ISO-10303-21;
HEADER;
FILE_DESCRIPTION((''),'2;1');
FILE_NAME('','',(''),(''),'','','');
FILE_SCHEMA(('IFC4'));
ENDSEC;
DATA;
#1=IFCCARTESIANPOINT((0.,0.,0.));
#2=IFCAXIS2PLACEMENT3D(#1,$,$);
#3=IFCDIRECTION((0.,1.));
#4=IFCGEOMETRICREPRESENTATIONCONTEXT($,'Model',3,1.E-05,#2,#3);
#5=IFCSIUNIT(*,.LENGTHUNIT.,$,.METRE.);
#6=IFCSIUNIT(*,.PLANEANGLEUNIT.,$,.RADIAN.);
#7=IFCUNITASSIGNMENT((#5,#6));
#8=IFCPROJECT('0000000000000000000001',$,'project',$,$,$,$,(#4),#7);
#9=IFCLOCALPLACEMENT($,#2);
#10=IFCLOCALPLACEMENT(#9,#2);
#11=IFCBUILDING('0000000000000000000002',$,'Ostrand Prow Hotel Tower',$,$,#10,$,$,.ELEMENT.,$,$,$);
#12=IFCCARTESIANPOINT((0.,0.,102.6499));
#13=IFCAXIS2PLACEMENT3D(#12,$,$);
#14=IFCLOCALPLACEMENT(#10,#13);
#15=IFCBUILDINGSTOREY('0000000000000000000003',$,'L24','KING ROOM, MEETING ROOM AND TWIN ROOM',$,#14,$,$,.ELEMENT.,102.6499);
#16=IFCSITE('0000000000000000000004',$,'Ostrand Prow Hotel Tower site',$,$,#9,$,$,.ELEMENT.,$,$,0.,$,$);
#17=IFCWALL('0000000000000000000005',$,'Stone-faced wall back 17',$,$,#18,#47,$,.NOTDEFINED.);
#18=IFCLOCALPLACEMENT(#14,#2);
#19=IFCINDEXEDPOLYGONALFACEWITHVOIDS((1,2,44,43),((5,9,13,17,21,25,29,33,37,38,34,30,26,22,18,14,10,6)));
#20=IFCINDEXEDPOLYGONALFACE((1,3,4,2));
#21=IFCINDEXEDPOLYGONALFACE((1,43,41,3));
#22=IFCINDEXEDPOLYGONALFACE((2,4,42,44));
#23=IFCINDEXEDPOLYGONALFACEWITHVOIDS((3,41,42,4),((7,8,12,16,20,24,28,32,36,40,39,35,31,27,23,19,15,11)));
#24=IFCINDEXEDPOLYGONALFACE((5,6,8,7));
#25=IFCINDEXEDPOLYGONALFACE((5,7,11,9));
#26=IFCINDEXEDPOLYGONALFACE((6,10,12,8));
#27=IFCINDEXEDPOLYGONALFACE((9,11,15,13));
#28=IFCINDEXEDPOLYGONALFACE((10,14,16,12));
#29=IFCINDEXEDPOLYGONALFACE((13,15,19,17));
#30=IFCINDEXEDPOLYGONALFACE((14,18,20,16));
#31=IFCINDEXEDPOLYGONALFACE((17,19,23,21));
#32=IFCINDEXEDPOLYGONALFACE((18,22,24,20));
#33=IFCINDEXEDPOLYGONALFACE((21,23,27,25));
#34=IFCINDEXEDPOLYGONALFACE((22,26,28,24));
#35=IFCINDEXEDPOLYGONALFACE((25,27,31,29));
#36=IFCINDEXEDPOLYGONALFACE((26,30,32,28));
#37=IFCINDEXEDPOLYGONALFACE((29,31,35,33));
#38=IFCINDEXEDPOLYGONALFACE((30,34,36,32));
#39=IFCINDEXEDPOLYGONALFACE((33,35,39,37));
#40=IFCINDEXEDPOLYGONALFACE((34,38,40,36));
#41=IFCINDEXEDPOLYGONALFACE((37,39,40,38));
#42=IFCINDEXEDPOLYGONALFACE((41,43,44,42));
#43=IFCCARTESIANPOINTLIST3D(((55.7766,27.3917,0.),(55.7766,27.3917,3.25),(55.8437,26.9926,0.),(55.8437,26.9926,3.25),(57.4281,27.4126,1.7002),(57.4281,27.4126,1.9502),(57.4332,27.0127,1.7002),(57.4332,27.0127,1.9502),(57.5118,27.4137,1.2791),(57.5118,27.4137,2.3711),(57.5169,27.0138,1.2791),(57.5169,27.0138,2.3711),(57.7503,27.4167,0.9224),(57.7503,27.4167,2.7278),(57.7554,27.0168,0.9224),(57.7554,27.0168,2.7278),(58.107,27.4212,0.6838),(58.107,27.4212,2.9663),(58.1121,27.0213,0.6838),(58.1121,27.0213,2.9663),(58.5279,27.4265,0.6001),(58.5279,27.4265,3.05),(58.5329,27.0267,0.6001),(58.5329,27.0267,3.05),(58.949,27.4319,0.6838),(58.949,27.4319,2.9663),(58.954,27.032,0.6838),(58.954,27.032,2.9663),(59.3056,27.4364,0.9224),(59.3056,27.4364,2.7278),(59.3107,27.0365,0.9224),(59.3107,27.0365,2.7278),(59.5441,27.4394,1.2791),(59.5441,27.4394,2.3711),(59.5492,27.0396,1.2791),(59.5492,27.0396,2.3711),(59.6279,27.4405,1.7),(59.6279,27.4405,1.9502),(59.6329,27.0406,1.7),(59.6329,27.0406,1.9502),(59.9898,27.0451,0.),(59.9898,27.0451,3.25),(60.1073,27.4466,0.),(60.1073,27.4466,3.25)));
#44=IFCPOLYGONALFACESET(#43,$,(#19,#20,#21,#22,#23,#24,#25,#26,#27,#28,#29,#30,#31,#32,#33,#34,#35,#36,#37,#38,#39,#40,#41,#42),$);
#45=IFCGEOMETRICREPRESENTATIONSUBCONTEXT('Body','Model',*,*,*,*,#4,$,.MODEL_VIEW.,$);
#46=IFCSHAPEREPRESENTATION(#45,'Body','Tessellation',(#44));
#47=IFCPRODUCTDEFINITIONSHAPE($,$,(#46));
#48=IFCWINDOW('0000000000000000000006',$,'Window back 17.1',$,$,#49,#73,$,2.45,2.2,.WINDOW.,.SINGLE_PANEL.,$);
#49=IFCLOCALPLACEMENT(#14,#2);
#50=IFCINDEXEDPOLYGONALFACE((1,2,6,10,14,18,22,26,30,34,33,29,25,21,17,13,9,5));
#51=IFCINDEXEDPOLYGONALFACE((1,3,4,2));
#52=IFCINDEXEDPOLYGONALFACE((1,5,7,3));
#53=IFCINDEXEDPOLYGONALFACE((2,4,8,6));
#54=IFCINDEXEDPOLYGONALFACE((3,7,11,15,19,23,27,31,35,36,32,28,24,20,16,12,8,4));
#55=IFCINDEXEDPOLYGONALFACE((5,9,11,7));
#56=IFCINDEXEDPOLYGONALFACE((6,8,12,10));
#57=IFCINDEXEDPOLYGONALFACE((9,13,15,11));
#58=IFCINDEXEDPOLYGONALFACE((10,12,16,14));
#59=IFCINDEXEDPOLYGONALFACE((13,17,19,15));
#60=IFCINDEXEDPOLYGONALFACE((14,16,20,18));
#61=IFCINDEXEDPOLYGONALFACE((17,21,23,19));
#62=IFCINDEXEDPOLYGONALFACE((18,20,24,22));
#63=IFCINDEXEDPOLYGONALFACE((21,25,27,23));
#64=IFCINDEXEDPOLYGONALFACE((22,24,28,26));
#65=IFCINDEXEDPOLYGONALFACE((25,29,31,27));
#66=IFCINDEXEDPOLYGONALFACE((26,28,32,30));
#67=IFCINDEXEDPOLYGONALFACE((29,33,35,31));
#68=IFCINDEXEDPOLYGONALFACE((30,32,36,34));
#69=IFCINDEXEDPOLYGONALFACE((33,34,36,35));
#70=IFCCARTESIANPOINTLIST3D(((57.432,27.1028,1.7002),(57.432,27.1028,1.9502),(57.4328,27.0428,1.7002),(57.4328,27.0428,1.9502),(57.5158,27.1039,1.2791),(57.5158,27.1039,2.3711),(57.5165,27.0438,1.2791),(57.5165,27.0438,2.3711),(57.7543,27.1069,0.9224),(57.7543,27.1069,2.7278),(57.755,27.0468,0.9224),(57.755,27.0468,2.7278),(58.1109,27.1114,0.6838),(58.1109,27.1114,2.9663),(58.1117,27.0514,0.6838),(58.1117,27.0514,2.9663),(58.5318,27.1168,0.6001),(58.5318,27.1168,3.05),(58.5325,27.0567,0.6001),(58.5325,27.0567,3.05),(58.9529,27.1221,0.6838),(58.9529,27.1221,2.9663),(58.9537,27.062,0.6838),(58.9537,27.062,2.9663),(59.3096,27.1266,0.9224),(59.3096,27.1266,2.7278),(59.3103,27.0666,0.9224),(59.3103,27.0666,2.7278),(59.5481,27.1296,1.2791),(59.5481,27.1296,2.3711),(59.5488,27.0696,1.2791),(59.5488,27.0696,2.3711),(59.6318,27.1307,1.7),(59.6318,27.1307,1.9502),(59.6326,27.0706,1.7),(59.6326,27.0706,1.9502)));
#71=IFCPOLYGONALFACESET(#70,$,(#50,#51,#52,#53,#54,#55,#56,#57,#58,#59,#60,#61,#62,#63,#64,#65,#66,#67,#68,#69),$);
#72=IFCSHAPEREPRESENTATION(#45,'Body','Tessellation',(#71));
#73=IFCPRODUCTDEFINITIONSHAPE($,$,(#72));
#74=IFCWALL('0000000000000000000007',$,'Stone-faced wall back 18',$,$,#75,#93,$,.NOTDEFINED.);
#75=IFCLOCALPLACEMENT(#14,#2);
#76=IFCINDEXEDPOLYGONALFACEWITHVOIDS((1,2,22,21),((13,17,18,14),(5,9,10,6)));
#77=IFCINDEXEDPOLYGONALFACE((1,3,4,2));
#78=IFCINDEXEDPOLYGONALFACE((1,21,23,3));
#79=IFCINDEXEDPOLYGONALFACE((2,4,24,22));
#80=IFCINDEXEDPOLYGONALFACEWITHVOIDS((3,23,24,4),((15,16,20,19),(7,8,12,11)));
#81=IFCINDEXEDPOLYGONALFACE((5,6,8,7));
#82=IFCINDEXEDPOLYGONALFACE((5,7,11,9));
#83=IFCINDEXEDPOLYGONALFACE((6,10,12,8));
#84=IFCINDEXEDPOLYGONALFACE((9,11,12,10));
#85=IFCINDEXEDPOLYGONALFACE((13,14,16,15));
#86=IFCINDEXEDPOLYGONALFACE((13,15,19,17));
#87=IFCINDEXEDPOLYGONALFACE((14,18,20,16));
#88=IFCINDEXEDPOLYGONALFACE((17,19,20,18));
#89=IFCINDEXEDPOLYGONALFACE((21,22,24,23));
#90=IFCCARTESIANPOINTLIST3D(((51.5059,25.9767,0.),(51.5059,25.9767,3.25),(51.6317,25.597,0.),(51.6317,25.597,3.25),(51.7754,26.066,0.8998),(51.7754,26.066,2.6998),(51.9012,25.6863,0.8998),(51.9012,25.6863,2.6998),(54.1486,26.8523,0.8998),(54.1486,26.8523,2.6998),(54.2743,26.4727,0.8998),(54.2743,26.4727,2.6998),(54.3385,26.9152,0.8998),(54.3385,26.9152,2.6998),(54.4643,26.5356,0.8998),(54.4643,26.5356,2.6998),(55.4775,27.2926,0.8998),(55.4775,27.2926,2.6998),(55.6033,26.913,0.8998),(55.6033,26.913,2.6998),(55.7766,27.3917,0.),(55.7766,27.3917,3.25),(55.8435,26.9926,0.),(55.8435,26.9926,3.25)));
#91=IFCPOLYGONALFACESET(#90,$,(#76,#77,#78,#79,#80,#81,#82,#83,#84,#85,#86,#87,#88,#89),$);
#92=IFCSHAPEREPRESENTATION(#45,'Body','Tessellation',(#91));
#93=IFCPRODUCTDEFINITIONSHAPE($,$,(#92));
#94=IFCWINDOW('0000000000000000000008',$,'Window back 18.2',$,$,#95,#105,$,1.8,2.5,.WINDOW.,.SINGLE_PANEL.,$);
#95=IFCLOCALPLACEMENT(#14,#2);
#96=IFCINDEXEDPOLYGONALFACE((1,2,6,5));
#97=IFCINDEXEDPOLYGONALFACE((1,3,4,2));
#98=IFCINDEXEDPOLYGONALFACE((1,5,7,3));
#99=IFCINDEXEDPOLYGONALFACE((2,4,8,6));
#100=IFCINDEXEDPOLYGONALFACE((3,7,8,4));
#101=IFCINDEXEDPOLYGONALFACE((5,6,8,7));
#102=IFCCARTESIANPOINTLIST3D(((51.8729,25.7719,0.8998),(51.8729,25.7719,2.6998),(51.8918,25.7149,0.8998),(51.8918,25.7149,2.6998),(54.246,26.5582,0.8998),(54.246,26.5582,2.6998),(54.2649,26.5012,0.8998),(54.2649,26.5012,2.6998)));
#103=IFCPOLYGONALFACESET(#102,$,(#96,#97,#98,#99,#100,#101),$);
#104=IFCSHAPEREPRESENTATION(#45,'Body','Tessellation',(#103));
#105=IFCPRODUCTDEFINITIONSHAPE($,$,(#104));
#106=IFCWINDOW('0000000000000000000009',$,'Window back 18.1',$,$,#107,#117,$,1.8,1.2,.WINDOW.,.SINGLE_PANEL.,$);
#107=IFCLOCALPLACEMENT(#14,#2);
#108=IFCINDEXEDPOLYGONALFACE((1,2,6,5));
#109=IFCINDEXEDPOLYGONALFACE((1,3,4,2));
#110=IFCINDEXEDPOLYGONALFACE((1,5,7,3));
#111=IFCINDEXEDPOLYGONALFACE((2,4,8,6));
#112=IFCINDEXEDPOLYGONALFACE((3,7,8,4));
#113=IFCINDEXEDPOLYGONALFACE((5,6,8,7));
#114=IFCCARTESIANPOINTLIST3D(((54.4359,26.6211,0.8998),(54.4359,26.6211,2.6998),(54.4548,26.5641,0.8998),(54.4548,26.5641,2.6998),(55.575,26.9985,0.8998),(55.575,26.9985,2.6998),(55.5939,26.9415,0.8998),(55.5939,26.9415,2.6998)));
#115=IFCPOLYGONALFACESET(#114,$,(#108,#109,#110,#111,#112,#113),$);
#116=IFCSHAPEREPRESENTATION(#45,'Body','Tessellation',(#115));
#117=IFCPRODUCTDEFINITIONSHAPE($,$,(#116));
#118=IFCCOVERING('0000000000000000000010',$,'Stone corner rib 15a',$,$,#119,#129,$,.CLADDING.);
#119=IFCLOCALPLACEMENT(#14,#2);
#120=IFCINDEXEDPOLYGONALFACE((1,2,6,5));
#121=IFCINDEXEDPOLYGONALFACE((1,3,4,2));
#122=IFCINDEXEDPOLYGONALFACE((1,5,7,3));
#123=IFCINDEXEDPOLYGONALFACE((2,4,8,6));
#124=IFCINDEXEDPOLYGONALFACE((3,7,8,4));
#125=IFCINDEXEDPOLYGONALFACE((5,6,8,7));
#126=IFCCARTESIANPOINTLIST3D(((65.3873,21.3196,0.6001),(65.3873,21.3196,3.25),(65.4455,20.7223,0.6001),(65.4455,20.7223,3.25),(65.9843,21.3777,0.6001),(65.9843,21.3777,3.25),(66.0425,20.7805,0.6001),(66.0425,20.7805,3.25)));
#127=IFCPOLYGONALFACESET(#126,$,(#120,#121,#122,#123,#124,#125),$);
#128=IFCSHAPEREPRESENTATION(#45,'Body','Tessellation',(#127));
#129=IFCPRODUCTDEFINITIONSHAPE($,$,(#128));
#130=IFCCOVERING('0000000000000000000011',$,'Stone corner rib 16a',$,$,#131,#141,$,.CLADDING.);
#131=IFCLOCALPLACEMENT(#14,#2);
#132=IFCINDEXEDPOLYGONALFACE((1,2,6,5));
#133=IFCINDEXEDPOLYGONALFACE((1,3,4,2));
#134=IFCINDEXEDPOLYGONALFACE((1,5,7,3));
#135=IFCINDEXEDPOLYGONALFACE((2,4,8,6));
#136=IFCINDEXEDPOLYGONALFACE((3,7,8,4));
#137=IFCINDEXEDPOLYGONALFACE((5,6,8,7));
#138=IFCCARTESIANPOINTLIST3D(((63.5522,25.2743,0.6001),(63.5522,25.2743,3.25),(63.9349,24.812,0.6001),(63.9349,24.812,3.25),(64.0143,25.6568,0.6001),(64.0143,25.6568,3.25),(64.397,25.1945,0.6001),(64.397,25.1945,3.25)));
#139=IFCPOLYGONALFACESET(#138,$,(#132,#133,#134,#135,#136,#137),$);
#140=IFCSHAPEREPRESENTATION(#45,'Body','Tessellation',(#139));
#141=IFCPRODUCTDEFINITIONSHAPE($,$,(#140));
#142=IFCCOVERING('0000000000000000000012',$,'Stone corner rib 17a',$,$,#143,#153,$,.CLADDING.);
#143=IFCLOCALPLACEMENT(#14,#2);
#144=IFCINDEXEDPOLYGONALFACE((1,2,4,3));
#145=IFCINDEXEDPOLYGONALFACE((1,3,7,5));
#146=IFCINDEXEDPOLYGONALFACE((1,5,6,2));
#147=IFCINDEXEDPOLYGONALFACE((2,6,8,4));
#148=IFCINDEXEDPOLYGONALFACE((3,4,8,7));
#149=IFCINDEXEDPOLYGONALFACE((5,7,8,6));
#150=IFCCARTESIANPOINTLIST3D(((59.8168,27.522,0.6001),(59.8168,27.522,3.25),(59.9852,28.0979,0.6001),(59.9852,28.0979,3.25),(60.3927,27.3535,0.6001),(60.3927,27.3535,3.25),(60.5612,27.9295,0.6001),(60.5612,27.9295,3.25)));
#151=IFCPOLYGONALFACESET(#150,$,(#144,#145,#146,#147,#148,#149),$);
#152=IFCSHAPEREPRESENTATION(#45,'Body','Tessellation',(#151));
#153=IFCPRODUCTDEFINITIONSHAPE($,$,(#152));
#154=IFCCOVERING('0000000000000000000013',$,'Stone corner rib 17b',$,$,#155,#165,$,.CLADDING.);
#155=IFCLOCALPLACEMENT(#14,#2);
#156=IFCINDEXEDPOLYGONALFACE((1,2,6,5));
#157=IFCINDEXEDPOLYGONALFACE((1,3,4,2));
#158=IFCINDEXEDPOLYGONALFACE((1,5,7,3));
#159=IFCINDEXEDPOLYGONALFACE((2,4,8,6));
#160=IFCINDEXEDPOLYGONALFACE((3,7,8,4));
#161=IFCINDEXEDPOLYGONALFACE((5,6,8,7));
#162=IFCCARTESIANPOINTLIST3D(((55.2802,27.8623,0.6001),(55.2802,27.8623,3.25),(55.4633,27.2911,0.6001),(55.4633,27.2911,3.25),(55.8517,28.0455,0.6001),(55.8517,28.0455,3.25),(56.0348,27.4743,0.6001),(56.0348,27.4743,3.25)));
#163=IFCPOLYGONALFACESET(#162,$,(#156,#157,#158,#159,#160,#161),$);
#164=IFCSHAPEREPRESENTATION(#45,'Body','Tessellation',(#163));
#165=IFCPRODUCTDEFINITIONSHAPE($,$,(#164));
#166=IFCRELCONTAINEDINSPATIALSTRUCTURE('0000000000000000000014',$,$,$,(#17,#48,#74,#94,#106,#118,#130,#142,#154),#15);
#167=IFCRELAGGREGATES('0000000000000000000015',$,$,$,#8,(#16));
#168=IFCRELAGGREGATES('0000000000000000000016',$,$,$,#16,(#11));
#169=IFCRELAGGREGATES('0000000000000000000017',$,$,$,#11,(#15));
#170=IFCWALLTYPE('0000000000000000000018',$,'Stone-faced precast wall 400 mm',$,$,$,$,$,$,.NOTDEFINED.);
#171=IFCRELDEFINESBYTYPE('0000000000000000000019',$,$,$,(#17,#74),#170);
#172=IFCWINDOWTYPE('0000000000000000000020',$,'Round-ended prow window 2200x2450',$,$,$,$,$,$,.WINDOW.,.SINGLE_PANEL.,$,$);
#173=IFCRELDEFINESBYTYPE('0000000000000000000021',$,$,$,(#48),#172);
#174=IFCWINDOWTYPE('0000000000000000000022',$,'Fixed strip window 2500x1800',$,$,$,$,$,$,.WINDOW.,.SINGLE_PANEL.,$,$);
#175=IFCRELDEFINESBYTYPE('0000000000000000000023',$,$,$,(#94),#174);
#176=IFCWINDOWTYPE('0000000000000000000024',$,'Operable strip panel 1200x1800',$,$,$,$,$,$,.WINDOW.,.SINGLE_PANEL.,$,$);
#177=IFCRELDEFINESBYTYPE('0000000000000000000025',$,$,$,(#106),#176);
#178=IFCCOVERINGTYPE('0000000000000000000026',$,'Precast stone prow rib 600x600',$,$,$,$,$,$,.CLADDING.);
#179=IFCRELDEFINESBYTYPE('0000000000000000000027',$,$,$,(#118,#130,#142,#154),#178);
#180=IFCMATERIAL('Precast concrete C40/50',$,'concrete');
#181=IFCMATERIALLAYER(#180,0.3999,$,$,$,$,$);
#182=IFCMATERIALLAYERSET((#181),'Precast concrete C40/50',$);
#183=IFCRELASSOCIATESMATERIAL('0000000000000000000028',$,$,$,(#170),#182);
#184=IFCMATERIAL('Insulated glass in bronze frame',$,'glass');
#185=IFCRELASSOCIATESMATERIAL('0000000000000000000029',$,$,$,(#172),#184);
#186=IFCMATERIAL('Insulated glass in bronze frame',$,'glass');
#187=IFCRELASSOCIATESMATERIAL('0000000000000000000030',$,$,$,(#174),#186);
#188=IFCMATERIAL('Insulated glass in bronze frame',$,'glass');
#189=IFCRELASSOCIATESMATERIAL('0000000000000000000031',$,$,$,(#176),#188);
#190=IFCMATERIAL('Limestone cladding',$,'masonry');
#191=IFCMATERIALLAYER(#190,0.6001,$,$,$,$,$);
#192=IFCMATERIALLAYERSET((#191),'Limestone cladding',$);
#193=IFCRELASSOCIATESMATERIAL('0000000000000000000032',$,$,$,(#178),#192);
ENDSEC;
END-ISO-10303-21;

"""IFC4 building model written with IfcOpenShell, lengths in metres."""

from ifc_helpers import new_model, si_unit, direction, frame, frame_2d, origin, place, context, subcontext, project, spatial, polyline, rectangle, outline, extrude, material, layer, layer_set, type_object, element, fill, save


model = new_model("IFC4")

# Units and contexts
model_context = context("Model", 3, precision=1e-05, world=origin(), true_north=direction((0.0, 1.0)))
body_context = subcontext(model_context, "Body", "Model", "MODEL_VIEW")
ifc_project = project(units=[si_unit("LENGTHUNIT", "METRE"), si_unit("PLANEANGLEUNIT", "RADIAN")], contexts=[model_context])

# Site, building, storey
site_placement = place(None, origin())
site = spatial("IfcSite", under=ifc_project, at=site_placement, Name="Ostrand Prow Hotel Tower site", CompositionType="ELEMENT", RefElevation=0.0)
building_placement = place(site_placement, origin())
building = spatial("IfcBuilding", under=site, at=building_placement, Name="Ostrand Prow Hotel Tower", CompositionType="ELEMENT")
storey_placement = place(building_placement, frame((0.0, 0.0, 102.6499)))
storey = spatial("IfcBuildingStorey", under=building, at=storey_placement, Name="L24", Description="KING ROOM, MEETING ROOM AND TWIN ROOM", CompositionType="ELEMENT", Elevation=102.6499)

# Shared definitions
ifc_material_1 = material(Name="Precast concrete C40/50", Category="concrete")
ifc_layer_1 = layer(ifc_material_1, 0.3999)
ifc_layer_set_1 = layer_set([ifc_layer_1], Name="Precast concrete C40/50")
wall_type_1 = type_object("IfcWallType", Name="Stone-faced precast wall 400 mm", PredefinedType="NOTDEFINED", material=ifc_layer_set_1)

# Wall, opening, window
ifc_material_2 = material(Name="Insulated glass in bronze frame", Category="glass")
window_type_1 = type_object("IfcWindowType", Name="Round-ended prow window 2200x2450", PartitioningType="SINGLE_PANEL", PredefinedType="WINDOW", material=ifc_material_2)
wall_1_placement = place(storey_placement, frame((60.0486, 27.2458, 0.0), z_axis=(0.0, 0.0, 1.0), x_axis=(-0.99992, -0.012671, 0.0)))
wall_1 = element("IfcWall", 1, at=wall_1_placement, inside=storey, type_object=wall_type_1, Name="Stone-faced wall back 17", PredefinedType="NOTDEFINED", context=body_context, shape_type="SweptSolid", body=[
    extrude(outline(polyline([(-0.0613, -0.2), (4.2698, -0.2), (4.2078, 0.2), (0.0613, 0.2), (-0.0613, -0.2)])), origin(), (0.0, 0.0, 1.0), 3.25),
])
opening_1_placement = place(wall_1_placement, frame((0.4182, 0.0, 0.6001)))
opening_1 = element("IfcOpeningElement", 2, at=opening_1_placement, cuts=wall_1, PredefinedType="OPENING", context=body_context, shape_type="SweptSolid", body=[
    extrude(outline(polyline([(0.0, 1.3501), (0.0837, 1.771), (0.3223, 2.1277), (0.679, 2.3662), (1.1001, 2.45), (1.521, 2.3662), (1.8777, 2.1277), (2.1162, 1.771), (2.2, 1.3501), (2.2, 1.1001), (2.1162, 0.679), (1.8777, 0.3223), (1.521, 0.0837), (1.1001, 0.0), (0.679, 0.0837), (0.3223, 0.3223), (0.0837, 0.679), (0.0, 1.0999), (0.0, 1.3501)])), frame((0.0, 0.21, 0.0), z_axis=(0.0, -1.0, 0.0), x_axis=(1.0, 0.0, 0.0)), (0.0, 0.0, 1.0), 0.4199),
])
window_1_placement = place(opening_1_placement, origin())
window_1 = element("IfcWindow", 3, at=window_1_placement, inside=storey, type_object=window_type_1, Name="Window back 17.1", OverallHeight=2.45, OverallWidth=2.2, PartitioningType="SINGLE_PANEL", PredefinedType="WINDOW", context=body_context, shape_type="SweptSolid", body=[
    extrude(outline(polyline([(0.0, 1.3501), (0.0837, 1.771), (0.3223, 2.1277), (0.679, 2.3662), (1.1001, 2.45), (1.521, 2.3662), (1.8777, 2.1277), (2.1162, 1.771), (2.2, 1.3501), (2.2, 1.1001), (2.1162, 0.679), (1.8777, 0.3223), (1.521, 0.0837), (1.1001, 0.0), (0.679, 0.0837), (0.3223, 0.3223), (0.0837, 0.679), (0.0, 1.0999), (0.0, 1.3501)])), frame((0.0, 0.1699, 0.0), z_axis=(0.0, -1.0, 0.0), x_axis=(1.0, 0.0, 0.0)), (0.0, 0.0, 1.0), 0.0601),
])
fill(opening_1, window_1)

# Wall, openings, windows
wall_2_placement = place(storey_placement, frame((55.8101, 27.1921, 0.0), z_axis=(0.0, 0.0, 1.0), x_axis=(-0.94925, -0.314522, 0.0)))
wall_2 = element("IfcWall", 4, at=wall_2_placement, inside=storey, type_object=wall_type_1, Name="Stone-faced wall back 18", PredefinedType="NOTDEFINED", context=body_context, shape_type="SweptSolid", body=[
    extrude(outline(polyline([(-0.031, -0.2), (4.468, -0.2), (4.468, 0.2), (0.031, 0.2), (-0.031, -0.2)])), origin(), (0.0, 0.0, 1.0), 3.25),
])
opening_2_placement = place(wall_2_placement, frame((0.2839, 0.0, 0.8999)))
opening_2 = element("IfcOpeningElement", 5, at=opening_2_placement, cuts=wall_2, PredefinedType="OPENING", context=body_context, shape_type="SweptSolid", body=[
    extrude(rectangle(XDim=1.2, YDim=1.8, at=frame_2d((0.6001, 0.8999))), frame((0.0, 0.21, 0.0), z_axis=(0.0, -1.0, 0.0), x_axis=(1.0, 0.0, 0.0)), (0.0, 0.0, 1.0), 0.4199),
])
opening_3_placement = place(wall_2_placement, frame((1.6841, 0.0, 0.8999)))
opening_3 = element("IfcOpeningElement", 6, at=opening_3_placement, cuts=wall_2, PredefinedType="OPENING", context=body_context, shape_type="SweptSolid", body=[
    extrude(rectangle(XDim=2.5, YDim=1.8, at=frame_2d((1.25, 0.8999))), frame((0.0, 0.21, 0.0), z_axis=(0.0, -1.0, 0.0), x_axis=(1.0, 0.0, 0.0)), (0.0, 0.0, 1.0), 0.4199),
])
ifc_material_3 = material(Name="Insulated glass in bronze frame", Category="glass")
window_type_2 = type_object("IfcWindowType", Name="Fixed strip window 2500x1800", PartitioningType="SINGLE_PANEL", PredefinedType="WINDOW", material=ifc_material_3)
window_2_placement = place(opening_3_placement, origin())
window_2 = element("IfcWindow", 7, at=window_2_placement, inside=storey, type_object=window_type_2, Name="Window back 18.2", OverallHeight=1.8, OverallWidth=2.5, PartitioningType="SINGLE_PANEL", PredefinedType="WINDOW", context=body_context, shape_type="SweptSolid", body=[
    extrude(rectangle(XDim=2.5, YDim=1.8, at=frame_2d((1.25, 0.8999))), frame((0.0, 0.1699, 0.0), z_axis=(0.0, -1.0, 0.0), x_axis=(1.0, 0.0, 0.0)), (0.0, 0.0, 1.0), 0.0601),
])
fill(opening_3, window_2)
ifc_material_4 = material(Name="Insulated glass in bronze frame", Category="glass")
window_type_3 = type_object("IfcWindowType", Name="Operable strip panel 1200x1800", PartitioningType="SINGLE_PANEL", PredefinedType="WINDOW", material=ifc_material_4)
window_3_placement = place(opening_2_placement, origin())
window_3 = element("IfcWindow", 8, at=window_3_placement, inside=storey, type_object=window_type_3, Name="Window back 18.1", OverallHeight=1.8, OverallWidth=1.2, PartitioningType="SINGLE_PANEL", PredefinedType="WINDOW", context=body_context, shape_type="SweptSolid", body=[
    extrude(rectangle(XDim=1.2, YDim=1.8, at=frame_2d((0.6001, 0.8999))), frame((0.0, 0.1699, 0.0), z_axis=(0.0, -1.0, 0.0), x_axis=(1.0, 0.0, 0.0)), (0.0, 0.0, 1.0), 0.0601),
])
fill(opening_2, window_3)

# Coverings
ifc_material_5 = material(Name="Limestone cladding", Category="masonry")
ifc_layer_2 = layer(ifc_material_5, 0.6001)
ifc_layer_set_2 = layer_set([ifc_layer_2], Name="Limestone cladding")
covering_type = type_object("IfcCoveringType", Name="Precast stone prow rib 600x600", PredefinedType="CLADDING", material=ifc_layer_set_2)
for number, where, z_axis, x_axis, name in (
    (9, (65.4165, 21.021, 0.6001), (0.0, 0.0, 1.0), (0.995296, 0.096884, 0.0), "Stone corner rib 15a"),
    (10, (63.7437, 25.0432, 0.6001), (0.0, 0.0, 1.0), (0.770319, 0.637659, 0.0), "Stone corner rib 16a"),
):
    element("IfcCovering", number, at=place(storey_placement, frame(where, z_axis=z_axis, x_axis=x_axis)), inside=storey, type_object=covering_type, Name=name, PredefinedType="CLADDING", context=body_context, shape_type="SweptSolid", body=[
        extrude(rectangle(XDim=0.5999, YDim=0.6001, at=frame_2d((0.2998, 0.0))), origin(), (0.0, 0.0, 1.0), 2.6499),
    ])
covering_1_placement = place(storey_placement, frame((60.1047, 27.4377, 0.6001), z_axis=(0.0, 0.0, 1.0), x_axis=(0.280734, 0.959786, 0.0)))
element("IfcCovering", 11, at=covering_1_placement, inside=storey, type_object=covering_type, Name="Stone corner rib 17a", PredefinedType="CLADDING", context=body_context, shape_type="SweptSolid", body=[
    extrude(rectangle(XDim=0.6001, YDim=0.6001, at=frame_2d((0.3, 0.0))), origin(), (0.0, 0.0, 1.0), 2.6499),
])
covering_2_placement = place(storey_placement, frame((55.749, 27.3828, 0.6001), z_axis=(0.0, 0.0, 1.0), x_axis=(-0.305219, 0.952282, 0.0)))
element("IfcCovering", 12, at=covering_2_placement, inside=storey, type_object=covering_type, Name="Stone corner rib 17b", PredefinedType="CLADDING", context=body_context, shape_type="SweptSolid", body=[
    extrude(rectangle(XDim=0.5999, YDim=0.6001, at=frame_2d((0.2998, 0.0))), origin(), (0.0, 0.0, 1.0), 2.6499),
])

save(model, "model.ifc")
